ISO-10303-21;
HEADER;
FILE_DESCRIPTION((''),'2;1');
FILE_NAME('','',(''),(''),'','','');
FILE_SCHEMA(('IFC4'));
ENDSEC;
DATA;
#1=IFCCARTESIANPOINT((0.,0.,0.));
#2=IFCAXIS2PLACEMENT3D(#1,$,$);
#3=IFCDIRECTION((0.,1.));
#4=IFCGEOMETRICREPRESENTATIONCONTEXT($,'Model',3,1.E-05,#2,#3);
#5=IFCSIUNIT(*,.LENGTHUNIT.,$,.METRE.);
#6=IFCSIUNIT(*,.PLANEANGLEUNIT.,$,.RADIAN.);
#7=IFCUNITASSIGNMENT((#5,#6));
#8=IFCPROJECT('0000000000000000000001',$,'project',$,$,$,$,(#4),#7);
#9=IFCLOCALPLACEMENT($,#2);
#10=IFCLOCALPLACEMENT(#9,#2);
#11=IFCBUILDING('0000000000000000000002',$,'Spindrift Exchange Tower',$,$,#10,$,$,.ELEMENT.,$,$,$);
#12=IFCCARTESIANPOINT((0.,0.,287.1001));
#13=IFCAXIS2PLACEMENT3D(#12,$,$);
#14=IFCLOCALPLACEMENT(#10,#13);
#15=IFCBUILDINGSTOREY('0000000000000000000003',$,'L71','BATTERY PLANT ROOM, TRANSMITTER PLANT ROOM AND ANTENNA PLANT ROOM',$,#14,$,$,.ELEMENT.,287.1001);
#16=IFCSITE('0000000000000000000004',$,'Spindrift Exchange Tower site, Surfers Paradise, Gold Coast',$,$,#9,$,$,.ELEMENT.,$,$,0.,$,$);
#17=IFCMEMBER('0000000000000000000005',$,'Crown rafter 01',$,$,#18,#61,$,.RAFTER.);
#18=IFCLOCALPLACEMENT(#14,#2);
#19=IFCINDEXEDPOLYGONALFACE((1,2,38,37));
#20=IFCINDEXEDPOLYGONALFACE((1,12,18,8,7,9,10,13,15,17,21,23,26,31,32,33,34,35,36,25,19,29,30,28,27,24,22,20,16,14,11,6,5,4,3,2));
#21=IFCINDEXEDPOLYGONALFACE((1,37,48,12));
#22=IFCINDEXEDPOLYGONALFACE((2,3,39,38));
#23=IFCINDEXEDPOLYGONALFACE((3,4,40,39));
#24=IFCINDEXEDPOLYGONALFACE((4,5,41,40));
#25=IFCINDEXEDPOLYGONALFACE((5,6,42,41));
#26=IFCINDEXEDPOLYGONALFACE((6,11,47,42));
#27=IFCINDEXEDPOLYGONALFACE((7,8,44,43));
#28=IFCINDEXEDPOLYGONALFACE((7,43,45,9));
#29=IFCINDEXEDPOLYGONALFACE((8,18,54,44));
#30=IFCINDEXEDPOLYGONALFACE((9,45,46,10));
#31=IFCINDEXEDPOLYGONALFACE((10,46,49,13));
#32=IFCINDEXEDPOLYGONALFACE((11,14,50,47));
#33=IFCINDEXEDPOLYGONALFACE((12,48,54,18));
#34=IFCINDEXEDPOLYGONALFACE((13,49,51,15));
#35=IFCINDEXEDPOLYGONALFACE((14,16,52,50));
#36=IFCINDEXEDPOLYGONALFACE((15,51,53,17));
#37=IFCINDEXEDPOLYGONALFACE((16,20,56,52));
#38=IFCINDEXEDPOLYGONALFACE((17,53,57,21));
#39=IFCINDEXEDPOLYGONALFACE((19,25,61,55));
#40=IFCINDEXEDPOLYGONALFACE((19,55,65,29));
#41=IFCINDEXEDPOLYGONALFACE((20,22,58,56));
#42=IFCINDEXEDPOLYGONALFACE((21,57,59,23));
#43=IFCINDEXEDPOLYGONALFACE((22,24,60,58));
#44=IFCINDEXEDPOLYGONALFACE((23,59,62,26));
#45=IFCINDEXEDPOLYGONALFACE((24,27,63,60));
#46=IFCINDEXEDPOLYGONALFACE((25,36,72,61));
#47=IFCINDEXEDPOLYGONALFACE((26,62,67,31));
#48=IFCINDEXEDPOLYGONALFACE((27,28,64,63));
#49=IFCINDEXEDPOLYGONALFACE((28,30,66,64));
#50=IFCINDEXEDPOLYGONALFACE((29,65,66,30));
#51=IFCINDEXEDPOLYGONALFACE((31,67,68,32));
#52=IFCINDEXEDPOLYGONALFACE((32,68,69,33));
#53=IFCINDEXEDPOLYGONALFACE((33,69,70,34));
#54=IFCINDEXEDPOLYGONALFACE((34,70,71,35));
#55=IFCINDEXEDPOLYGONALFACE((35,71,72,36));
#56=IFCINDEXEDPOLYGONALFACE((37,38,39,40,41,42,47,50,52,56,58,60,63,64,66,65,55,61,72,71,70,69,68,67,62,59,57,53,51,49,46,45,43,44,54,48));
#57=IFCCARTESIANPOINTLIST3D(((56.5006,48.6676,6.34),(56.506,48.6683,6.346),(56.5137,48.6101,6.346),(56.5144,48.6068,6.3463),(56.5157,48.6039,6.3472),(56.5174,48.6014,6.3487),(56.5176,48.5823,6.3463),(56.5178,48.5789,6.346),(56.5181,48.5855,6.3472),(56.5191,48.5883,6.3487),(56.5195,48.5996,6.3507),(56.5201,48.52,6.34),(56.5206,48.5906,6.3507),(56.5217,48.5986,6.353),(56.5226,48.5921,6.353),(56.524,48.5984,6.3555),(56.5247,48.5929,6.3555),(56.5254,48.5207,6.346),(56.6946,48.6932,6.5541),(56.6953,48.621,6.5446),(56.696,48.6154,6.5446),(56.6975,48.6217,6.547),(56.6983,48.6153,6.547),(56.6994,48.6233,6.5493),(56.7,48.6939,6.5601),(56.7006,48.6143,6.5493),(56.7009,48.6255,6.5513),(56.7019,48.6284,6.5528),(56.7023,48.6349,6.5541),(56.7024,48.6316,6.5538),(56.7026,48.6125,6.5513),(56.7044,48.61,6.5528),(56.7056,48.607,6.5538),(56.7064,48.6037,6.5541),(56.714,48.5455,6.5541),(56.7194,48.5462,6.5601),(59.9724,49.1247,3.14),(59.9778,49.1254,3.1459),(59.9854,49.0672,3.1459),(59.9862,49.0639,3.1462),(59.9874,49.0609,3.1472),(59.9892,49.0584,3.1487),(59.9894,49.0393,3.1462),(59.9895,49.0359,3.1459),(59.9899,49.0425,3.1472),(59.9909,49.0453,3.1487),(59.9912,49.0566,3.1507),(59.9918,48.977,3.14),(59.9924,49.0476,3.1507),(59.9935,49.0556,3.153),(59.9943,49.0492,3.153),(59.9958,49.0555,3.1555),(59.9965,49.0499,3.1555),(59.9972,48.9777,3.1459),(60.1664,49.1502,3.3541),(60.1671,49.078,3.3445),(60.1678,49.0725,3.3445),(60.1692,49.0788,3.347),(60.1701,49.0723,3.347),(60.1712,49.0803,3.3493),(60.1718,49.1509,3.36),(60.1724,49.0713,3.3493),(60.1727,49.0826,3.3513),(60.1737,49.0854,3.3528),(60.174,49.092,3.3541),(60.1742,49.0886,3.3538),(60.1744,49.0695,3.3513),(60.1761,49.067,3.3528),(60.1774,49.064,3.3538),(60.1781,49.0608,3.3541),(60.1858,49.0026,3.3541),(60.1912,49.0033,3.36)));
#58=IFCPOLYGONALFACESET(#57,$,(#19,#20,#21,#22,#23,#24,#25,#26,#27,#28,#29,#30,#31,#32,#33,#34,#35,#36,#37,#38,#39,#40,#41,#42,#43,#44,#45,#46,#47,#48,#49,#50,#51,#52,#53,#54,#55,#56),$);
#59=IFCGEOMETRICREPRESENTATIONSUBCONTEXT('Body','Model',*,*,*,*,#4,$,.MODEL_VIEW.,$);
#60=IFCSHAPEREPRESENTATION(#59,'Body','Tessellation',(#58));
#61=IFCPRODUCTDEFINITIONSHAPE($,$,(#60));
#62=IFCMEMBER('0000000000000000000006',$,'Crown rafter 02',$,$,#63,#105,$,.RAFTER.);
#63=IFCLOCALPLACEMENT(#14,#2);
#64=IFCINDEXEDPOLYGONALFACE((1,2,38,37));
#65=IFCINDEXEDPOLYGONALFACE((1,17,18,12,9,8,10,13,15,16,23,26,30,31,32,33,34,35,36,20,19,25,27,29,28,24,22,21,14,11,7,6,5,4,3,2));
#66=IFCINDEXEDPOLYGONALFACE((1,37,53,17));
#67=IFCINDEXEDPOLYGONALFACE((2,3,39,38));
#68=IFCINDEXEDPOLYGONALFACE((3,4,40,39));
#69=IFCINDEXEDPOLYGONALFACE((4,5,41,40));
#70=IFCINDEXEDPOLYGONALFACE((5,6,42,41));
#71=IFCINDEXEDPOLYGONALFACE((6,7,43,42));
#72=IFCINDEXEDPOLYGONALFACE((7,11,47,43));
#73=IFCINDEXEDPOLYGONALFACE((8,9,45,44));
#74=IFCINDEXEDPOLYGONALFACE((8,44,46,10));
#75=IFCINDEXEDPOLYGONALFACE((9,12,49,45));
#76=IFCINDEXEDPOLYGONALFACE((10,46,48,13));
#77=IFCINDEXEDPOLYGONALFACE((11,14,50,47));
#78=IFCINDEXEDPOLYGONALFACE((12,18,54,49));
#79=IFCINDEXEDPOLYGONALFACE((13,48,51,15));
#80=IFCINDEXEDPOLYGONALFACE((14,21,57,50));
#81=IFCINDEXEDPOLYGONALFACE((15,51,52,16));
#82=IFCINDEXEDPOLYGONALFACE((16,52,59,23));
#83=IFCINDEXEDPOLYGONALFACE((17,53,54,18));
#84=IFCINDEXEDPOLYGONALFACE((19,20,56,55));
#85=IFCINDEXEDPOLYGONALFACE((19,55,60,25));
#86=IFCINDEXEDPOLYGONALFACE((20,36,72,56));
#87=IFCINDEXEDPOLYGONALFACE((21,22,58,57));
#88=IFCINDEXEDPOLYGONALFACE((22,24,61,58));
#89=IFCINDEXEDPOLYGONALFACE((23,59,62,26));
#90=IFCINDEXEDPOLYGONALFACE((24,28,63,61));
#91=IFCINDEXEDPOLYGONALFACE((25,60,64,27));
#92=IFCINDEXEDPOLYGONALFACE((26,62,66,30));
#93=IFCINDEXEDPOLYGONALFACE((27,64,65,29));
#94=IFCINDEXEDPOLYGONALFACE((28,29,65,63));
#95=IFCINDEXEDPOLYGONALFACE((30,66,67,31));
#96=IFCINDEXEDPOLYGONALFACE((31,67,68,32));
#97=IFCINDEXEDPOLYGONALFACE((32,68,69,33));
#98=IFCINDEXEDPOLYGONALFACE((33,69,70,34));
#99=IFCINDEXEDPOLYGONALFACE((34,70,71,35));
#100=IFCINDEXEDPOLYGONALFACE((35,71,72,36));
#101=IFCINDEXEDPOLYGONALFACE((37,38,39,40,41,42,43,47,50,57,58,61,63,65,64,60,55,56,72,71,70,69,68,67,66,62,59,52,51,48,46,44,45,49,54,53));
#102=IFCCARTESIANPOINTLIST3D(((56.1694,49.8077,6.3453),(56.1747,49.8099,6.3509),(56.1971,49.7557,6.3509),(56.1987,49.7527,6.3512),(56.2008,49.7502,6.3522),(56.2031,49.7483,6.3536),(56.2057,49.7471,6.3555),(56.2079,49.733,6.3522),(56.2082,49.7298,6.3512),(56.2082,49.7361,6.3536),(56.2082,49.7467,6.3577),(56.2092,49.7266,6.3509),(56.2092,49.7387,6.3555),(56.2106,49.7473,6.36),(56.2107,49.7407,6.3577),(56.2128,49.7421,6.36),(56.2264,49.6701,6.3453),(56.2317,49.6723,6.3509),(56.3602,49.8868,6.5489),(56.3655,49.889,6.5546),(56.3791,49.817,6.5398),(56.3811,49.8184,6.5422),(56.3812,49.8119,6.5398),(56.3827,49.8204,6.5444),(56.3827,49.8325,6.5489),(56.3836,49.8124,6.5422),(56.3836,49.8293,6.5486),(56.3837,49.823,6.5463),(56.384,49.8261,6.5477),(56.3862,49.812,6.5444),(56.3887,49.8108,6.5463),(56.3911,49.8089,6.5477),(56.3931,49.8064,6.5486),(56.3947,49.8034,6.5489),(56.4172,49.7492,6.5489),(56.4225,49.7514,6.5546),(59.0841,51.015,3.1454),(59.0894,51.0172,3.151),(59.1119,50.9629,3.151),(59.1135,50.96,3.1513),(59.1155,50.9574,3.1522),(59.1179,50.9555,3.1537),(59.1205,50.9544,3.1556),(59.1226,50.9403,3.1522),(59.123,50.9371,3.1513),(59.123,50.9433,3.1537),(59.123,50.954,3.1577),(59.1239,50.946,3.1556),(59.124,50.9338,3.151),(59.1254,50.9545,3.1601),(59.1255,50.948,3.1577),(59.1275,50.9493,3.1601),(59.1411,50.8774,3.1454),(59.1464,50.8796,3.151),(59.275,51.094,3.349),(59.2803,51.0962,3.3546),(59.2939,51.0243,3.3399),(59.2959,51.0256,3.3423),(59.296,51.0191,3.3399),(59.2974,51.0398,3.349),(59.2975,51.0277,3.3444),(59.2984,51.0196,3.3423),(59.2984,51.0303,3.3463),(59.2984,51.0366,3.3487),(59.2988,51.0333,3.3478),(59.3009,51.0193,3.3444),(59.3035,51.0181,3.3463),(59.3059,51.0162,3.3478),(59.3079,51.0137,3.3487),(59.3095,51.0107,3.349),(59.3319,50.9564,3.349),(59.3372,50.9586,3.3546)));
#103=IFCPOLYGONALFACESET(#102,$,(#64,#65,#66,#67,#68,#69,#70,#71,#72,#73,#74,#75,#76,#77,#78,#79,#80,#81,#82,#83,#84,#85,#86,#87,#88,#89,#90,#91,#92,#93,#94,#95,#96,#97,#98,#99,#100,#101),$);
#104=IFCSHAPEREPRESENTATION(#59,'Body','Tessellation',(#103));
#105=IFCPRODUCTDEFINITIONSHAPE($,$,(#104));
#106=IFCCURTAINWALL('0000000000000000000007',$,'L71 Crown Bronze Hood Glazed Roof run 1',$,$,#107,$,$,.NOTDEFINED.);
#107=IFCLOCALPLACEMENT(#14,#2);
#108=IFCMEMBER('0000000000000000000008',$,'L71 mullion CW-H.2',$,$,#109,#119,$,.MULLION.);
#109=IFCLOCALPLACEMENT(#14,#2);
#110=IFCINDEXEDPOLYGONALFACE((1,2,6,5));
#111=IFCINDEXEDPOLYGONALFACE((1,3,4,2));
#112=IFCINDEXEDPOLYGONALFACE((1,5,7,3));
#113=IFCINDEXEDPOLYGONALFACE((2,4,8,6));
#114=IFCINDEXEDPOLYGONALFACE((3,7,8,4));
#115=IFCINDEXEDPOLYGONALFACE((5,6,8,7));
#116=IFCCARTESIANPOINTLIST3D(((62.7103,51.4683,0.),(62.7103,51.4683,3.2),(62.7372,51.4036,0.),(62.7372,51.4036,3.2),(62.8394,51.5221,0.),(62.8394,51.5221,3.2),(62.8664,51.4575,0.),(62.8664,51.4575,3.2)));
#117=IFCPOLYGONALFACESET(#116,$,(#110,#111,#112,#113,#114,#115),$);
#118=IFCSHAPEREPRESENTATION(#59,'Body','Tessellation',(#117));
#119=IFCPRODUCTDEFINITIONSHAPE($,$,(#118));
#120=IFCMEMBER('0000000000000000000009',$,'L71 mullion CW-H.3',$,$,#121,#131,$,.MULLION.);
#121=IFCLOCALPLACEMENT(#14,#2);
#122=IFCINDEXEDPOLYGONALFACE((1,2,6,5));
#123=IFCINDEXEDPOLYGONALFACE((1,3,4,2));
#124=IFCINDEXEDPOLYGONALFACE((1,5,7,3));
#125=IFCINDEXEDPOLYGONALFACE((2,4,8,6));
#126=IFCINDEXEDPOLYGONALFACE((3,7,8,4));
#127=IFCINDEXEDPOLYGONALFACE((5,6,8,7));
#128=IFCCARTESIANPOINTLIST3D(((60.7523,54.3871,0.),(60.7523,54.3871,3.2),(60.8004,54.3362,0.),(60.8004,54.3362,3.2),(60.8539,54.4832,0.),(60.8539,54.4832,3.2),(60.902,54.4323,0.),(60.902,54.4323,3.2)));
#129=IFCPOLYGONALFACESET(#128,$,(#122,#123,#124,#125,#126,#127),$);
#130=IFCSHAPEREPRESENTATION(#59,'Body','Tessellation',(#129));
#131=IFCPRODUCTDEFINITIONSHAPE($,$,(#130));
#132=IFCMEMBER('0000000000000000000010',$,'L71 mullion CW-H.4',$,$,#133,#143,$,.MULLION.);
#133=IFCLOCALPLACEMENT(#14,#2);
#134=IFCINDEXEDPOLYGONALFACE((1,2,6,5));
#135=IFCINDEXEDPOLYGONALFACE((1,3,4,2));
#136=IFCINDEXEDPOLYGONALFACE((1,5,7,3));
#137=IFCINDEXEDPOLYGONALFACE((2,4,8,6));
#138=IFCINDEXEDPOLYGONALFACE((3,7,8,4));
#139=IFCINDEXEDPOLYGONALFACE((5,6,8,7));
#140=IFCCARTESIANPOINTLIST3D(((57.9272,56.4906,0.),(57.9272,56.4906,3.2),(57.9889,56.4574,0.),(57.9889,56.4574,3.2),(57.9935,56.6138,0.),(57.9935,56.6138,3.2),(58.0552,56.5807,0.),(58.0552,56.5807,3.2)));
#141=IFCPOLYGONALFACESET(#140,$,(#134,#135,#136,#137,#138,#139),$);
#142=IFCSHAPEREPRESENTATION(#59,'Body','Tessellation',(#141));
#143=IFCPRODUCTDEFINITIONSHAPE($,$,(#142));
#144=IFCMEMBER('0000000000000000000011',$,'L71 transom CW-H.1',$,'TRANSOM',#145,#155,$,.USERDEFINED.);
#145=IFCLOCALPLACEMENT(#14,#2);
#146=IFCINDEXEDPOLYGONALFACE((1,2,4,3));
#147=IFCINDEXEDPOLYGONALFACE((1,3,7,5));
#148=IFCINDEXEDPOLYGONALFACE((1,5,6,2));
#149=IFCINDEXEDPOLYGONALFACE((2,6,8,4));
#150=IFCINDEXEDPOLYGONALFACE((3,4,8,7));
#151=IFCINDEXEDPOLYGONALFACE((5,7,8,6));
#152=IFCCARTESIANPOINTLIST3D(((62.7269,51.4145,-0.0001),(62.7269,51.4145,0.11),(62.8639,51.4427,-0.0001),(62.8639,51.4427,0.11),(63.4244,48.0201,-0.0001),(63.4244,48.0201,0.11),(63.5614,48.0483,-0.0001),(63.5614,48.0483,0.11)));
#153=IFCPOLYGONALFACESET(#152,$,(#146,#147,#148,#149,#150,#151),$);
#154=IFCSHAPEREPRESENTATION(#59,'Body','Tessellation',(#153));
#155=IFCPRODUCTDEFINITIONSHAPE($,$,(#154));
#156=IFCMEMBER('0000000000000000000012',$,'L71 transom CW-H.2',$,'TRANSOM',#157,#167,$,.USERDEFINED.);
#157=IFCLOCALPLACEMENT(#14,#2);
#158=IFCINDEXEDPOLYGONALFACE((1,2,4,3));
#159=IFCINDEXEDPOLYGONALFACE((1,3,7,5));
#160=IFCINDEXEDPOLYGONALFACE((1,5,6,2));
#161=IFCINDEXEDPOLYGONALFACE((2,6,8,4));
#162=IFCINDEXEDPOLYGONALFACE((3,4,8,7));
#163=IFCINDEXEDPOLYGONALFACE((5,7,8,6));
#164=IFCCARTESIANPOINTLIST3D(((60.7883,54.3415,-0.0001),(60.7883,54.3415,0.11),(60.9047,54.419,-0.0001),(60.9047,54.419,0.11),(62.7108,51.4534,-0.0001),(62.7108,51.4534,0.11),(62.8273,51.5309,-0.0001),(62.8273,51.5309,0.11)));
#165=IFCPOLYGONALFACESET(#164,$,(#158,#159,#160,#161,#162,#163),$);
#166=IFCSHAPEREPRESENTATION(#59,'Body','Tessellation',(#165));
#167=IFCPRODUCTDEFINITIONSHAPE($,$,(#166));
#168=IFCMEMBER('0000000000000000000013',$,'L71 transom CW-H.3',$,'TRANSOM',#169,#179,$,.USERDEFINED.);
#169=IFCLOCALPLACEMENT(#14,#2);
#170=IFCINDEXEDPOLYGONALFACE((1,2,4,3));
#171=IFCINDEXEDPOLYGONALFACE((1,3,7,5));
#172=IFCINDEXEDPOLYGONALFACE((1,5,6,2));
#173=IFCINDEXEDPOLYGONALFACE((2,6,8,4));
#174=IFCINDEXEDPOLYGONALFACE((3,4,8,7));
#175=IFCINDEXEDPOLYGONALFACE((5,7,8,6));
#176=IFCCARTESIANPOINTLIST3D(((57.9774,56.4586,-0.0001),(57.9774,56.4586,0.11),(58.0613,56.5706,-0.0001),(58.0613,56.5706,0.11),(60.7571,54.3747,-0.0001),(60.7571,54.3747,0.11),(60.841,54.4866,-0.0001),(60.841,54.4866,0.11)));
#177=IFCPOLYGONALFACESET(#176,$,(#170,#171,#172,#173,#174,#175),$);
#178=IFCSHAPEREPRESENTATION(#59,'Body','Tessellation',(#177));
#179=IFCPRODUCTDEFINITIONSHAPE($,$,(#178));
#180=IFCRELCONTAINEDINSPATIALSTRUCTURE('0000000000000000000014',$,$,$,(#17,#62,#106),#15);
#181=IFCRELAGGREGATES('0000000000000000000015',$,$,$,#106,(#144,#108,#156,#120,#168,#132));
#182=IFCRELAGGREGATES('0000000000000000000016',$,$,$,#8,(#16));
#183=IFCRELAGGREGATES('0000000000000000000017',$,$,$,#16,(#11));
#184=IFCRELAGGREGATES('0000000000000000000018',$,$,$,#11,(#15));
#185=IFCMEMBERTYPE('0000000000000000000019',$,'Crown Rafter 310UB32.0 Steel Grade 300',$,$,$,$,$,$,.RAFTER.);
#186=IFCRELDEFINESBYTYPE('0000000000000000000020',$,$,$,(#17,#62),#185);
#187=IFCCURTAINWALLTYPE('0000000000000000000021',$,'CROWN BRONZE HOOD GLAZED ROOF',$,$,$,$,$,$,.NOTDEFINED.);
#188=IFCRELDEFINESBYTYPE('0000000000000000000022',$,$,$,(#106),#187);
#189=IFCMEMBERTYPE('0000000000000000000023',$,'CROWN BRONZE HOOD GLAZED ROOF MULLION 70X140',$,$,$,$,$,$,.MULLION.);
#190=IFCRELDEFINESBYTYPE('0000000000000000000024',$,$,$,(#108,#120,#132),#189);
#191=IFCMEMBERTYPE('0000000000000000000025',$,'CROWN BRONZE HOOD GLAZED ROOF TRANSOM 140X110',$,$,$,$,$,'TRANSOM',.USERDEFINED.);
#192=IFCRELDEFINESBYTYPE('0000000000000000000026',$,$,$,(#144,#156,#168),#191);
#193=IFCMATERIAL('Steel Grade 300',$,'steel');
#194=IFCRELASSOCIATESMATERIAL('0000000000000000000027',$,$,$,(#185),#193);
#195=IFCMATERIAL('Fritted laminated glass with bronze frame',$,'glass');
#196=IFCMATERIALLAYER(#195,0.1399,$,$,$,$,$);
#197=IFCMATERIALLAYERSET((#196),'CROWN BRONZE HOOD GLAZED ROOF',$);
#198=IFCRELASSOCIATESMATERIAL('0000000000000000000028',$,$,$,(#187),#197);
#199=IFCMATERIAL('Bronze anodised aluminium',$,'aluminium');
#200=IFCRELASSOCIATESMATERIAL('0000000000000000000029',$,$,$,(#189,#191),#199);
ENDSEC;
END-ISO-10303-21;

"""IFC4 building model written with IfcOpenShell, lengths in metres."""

from ifc_helpers import new_model, si_unit, direction, frame, origin, origin_2d, place, context, subcontext, project, spatial, rectangle, i_section, extrude, source, transform, mapped, material, layer, layer_set, material_profile, profile_set, type_object, element, aggregate, save


model = new_model("IFC4")

# Units and contexts
model_context = context("Model", 3, precision=1e-05, world=origin(), true_north=direction((0.0, 1.0)))
body_context = subcontext(model_context, "Body", "Model", "MODEL_VIEW")
ifc_project = project(units=[si_unit("LENGTHUNIT", "METRE"), si_unit("PLANEANGLEUNIT", "RADIAN")], contexts=[model_context])

# Site, building, storey
site_placement = place(None, origin())
site = spatial("IfcSite", under=ifc_project, at=site_placement, Name="Spindrift Exchange Tower site, Surfers Paradise, Gold Coast", CompositionType="ELEMENT", RefElevation=0.0)
building_placement = place(site_placement, origin())
building = spatial("IfcBuilding", under=site, at=building_placement, Name="Spindrift Exchange Tower", CompositionType="ELEMENT")
storey_placement = place(building_placement, frame((0.0, 0.0, 287.1001)))
storey = spatial("IfcBuildingStorey", under=building, at=storey_placement, Name="L71", Description="BATTERY PLANT ROOM, TRANSMITTER PLANT ROOM AND ANTENNA PLANT ROOM", CompositionType="ELEMENT", Elevation=287.1001)

# Shared definitions
ifc_material_1 = material(Name="Steel Grade 300", Category="steel")

# Members
ifc_material_profile_1 = material_profile(ifc_material_1, i_section(OverallWidth=0.1489, OverallDepth=0.2981, WebThickness=0.0056, FlangeThickness=0.0081, FilletRadius=0.0129, at=origin_2d()), Name="310UB32.0")
ifc_profile_set_1 = profile_set([ifc_material_profile_1], Name="Steel Grade 300")
member_type_1 = type_object("IfcMemberType", Name="Crown Rafter 310UB32.0 Steel Grade 300", PredefinedType="RAFTER", material=ifc_profile_set_1)
shared_shape_1 = source(origin(), body_context, "Body", "SweptSolid", [
    extrude(i_section(OverallWidth=0.1489, OverallDepth=0.2981, WebThickness=0.0056, FlangeThickness=0.0081, FilletRadius=0.0129, at=origin_2d()), origin(), (0.0, 0.0, 1.0), 4.7437),
])
member_1_placement = place(storey_placement, frame((60.0818, 49.064, 3.25), z_axis=(-0.731876, -0.096348, 0.674592), x_axis=(0.130519, -0.991446, 0.0)))
element("IfcMember", 1, at=member_1_placement, inside=storey, type_object=member_type_1, Name="Crown rafter 01", PredefinedType="RAFTER", context=body_context, shape_type="MappedRepresentation", body=[
    mapped(shared_shape_1, transform((0.0, 0.0, 0.0), scale=1.0)),
])
shared_shape_2 = source(origin(), body_context, "Body", "SweptSolid", [
    extrude(i_section(OverallWidth=0.1489, OverallDepth=0.2981, WebThickness=0.0056, FlangeThickness=0.0081, FilletRadius=0.0129, at=origin_2d()), origin(), (0.0, 0.0, 1.0), 4.4937),
])
member_2_placement = place(storey_placement, frame((59.2107, 50.9868, 3.25), z_axis=(-0.648642, -0.26866, 0.712099), x_axis=(0.382664, -0.923888, 0.0)))
element("IfcMember", 2, at=member_2_placement, inside=storey, type_object=member_type_1, Name="Crown rafter 02", PredefinedType="RAFTER", context=body_context, shape_type="MappedRepresentation", body=[
    mapped(shared_shape_2, transform((0.0, 0.0, 0.0), scale=1.0)),
])

# Curtain wall, members
ifc_material_2 = material(Name="Fritted laminated glass with bronze frame", Category="glass")
ifc_layer_1 = layer(ifc_material_2, 0.1399)
ifc_layer_set_1 = layer_set([ifc_layer_1], Name="CROWN BRONZE HOOD GLAZED ROOF")
curtain_wall_type = type_object("IfcCurtainWallType", Name="CROWN BRONZE HOOD GLAZED ROOF", PredefinedType="NOTDEFINED", material=ifc_layer_set_1)
curtain_wall_placement = place(storey_placement, origin())
curtain_wall = element("IfcCurtainWall", 3, at=curtain_wall_placement, inside=storey, type_object=curtain_wall_type, Name="L71 Crown Bronze Hood Glazed Roof run 1", PredefinedType="NOTDEFINED")
ifc_material_3 = material(Name="Bronze anodised aluminium", Category="aluminium")
ifc_material_profile_2 = material_profile(ifc_material_3, rectangle(XDim=0.0701, YDim=0.1399, at=origin_2d()), Name="CROWN BRONZE HOOD GLAZED ROOF MULLION 70X140")
ifc_profile_set_2 = profile_set([ifc_material_profile_2], Name="Bronze anodised aluminium")
member_type_2 = type_object("IfcMemberType", Name="CROWN BRONZE HOOD GLAZED ROOF MULLION 70X140", PredefinedType="MULLION", material=ifc_profile_set_2)
shared_shape_3 = source(origin(), body_context, "Body", "SweptSolid", [
    extrude(rectangle(XDim=0.0701, YDim=0.1399, at=origin_2d()), origin(), (0.0, 0.0, 1.0), 3.2),
])
member_3_placement = place(storey_placement, frame((62.7883, 51.4629, 0.0), z_axis=(0.0, 0.0, 1.0), x_axis=(-0.38478, 0.923008, 0.0)))
member_3 = element("IfcMember", 4, at=member_3_placement, type_object=member_type_2, Name="L71 mullion CW-H.2", PredefinedType="MULLION", context=body_context, shape_type="MappedRepresentation", body=[
    mapped(shared_shape_3, transform((0.0, 0.0, 0.0), scale=1.0)),
])
member_4_placement = place(storey_placement, frame((60.8271, 54.4097, 0.0), z_axis=(0.0, 0.0, 1.0), x_axis=(-0.687018, 0.72664, 0.0)))
member_4 = element("IfcMember", 5, at=member_4_placement, type_object=member_type_2, Name="L71 mullion CW-H.3", PredefinedType="MULLION", context=body_context, shape_type="MappedRepresentation", body=[
    mapped(shared_shape_3, transform((0.0, 0.0, 0.0), scale=1.0)),
])
member_5_placement = place(storey_placement, frame((57.9912, 56.5356, 0.0), z_axis=(0.0, 0.0, 1.0), x_axis=(-0.880708, 0.473659, 0.0)))
member_5 = element("IfcMember", 6, at=member_5_placement, type_object=member_type_2, Name="L71 mullion CW-H.4", PredefinedType="MULLION", context=body_context, shape_type="MappedRepresentation", body=[
    mapped(shared_shape_3, transform((0.0, 0.0, 0.0), scale=1.0)),
])
ifc_material_profile_3 = material_profile(ifc_material_3, rectangle(XDim=0.1399, YDim=0.1101, at=origin_2d()), Name="CROWN BRONZE HOOD GLAZED ROOF TRANSOM 140X110")
ifc_profile_set_3 = profile_set([ifc_material_profile_3], Name="Bronze anodised aluminium")
member_type_3 = type_object("IfcMemberType", Name="CROWN BRONZE HOOD GLAZED ROOF TRANSOM 140X110", ElementType="TRANSOM", PredefinedType="USERDEFINED", material=ifc_profile_set_3)
shared_shape_4 = source(origin(), body_context, "Body", "SweptSolid", [
    extrude(rectangle(XDim=0.1399, YDim=0.1101, at=origin_2d()), origin(), (0.0, 0.0, 1.0), 3.4653),
])
member_6_placement = place(storey_placement, frame((63.4929, 48.0342, 0.0549), z_axis=(-0.201275, 0.979535, 0.0), x_axis=(-0.979535, -0.201275, 0.0)))
member_6 = element("IfcMember", 7, at=member_6_placement, type_object=member_type_3, Name="L71 transom CW-H.1", ObjectType="TRANSOM", PredefinedType="USERDEFINED", context=body_context, shape_type="MappedRepresentation", body=[
    mapped(shared_shape_4, transform((0.0, 0.0, 0.0), scale=1.0)),
])
shared_shape_5 = source(origin(), body_context, "Body", "SweptSolid", [
    extrude(rectangle(XDim=0.1399, YDim=0.1101, at=origin_2d()), origin(), (0.0, 0.0, 1.0), 3.4695),
])
member_7_placement = place(storey_placement, frame((62.769, 51.4922, 0.0549), z_axis=(-0.554132, 0.832429, 0.0), x_axis=(-0.832429, -0.554132, 0.0)))
member_7 = element("IfcMember", 8, at=member_7_placement, type_object=member_type_3, Name="L71 transom CW-H.2", ObjectType="TRANSOM", PredefinedType="USERDEFINED", context=body_context, shape_type="MappedRepresentation", body=[
    mapped(shared_shape_5, transform((0.0, 0.0, 0.0), scale=1.0)),
])
shared_shape_6 = source(origin(), body_context, "Body", "SweptSolid", [
    extrude(rectangle(XDim=0.1399, YDim=0.1101, at=origin_2d()), origin(), (0.0, 0.0, 1.0), 3.4741),
])
member_8_placement = place(storey_placement, frame((60.7991, 54.4307, 0.0549), z_axis=(-0.800118, 0.599843, 0.0), x_axis=(-0.599843, -0.800118, 0.0)))
member_8 = element("IfcMember", 9, at=member_8_placement, type_object=member_type_3, Name="L71 transom CW-H.3", ObjectType="TRANSOM", PredefinedType="USERDEFINED", context=body_context, shape_type="MappedRepresentation", body=[
    mapped(shared_shape_6, transform((0.0, 0.0, 0.0), scale=1.0)),
])
aggregate(curtain_wall, [member_6, member_3, member_7, member_4, member_8, member_5])

save(model, "model.ifc")
